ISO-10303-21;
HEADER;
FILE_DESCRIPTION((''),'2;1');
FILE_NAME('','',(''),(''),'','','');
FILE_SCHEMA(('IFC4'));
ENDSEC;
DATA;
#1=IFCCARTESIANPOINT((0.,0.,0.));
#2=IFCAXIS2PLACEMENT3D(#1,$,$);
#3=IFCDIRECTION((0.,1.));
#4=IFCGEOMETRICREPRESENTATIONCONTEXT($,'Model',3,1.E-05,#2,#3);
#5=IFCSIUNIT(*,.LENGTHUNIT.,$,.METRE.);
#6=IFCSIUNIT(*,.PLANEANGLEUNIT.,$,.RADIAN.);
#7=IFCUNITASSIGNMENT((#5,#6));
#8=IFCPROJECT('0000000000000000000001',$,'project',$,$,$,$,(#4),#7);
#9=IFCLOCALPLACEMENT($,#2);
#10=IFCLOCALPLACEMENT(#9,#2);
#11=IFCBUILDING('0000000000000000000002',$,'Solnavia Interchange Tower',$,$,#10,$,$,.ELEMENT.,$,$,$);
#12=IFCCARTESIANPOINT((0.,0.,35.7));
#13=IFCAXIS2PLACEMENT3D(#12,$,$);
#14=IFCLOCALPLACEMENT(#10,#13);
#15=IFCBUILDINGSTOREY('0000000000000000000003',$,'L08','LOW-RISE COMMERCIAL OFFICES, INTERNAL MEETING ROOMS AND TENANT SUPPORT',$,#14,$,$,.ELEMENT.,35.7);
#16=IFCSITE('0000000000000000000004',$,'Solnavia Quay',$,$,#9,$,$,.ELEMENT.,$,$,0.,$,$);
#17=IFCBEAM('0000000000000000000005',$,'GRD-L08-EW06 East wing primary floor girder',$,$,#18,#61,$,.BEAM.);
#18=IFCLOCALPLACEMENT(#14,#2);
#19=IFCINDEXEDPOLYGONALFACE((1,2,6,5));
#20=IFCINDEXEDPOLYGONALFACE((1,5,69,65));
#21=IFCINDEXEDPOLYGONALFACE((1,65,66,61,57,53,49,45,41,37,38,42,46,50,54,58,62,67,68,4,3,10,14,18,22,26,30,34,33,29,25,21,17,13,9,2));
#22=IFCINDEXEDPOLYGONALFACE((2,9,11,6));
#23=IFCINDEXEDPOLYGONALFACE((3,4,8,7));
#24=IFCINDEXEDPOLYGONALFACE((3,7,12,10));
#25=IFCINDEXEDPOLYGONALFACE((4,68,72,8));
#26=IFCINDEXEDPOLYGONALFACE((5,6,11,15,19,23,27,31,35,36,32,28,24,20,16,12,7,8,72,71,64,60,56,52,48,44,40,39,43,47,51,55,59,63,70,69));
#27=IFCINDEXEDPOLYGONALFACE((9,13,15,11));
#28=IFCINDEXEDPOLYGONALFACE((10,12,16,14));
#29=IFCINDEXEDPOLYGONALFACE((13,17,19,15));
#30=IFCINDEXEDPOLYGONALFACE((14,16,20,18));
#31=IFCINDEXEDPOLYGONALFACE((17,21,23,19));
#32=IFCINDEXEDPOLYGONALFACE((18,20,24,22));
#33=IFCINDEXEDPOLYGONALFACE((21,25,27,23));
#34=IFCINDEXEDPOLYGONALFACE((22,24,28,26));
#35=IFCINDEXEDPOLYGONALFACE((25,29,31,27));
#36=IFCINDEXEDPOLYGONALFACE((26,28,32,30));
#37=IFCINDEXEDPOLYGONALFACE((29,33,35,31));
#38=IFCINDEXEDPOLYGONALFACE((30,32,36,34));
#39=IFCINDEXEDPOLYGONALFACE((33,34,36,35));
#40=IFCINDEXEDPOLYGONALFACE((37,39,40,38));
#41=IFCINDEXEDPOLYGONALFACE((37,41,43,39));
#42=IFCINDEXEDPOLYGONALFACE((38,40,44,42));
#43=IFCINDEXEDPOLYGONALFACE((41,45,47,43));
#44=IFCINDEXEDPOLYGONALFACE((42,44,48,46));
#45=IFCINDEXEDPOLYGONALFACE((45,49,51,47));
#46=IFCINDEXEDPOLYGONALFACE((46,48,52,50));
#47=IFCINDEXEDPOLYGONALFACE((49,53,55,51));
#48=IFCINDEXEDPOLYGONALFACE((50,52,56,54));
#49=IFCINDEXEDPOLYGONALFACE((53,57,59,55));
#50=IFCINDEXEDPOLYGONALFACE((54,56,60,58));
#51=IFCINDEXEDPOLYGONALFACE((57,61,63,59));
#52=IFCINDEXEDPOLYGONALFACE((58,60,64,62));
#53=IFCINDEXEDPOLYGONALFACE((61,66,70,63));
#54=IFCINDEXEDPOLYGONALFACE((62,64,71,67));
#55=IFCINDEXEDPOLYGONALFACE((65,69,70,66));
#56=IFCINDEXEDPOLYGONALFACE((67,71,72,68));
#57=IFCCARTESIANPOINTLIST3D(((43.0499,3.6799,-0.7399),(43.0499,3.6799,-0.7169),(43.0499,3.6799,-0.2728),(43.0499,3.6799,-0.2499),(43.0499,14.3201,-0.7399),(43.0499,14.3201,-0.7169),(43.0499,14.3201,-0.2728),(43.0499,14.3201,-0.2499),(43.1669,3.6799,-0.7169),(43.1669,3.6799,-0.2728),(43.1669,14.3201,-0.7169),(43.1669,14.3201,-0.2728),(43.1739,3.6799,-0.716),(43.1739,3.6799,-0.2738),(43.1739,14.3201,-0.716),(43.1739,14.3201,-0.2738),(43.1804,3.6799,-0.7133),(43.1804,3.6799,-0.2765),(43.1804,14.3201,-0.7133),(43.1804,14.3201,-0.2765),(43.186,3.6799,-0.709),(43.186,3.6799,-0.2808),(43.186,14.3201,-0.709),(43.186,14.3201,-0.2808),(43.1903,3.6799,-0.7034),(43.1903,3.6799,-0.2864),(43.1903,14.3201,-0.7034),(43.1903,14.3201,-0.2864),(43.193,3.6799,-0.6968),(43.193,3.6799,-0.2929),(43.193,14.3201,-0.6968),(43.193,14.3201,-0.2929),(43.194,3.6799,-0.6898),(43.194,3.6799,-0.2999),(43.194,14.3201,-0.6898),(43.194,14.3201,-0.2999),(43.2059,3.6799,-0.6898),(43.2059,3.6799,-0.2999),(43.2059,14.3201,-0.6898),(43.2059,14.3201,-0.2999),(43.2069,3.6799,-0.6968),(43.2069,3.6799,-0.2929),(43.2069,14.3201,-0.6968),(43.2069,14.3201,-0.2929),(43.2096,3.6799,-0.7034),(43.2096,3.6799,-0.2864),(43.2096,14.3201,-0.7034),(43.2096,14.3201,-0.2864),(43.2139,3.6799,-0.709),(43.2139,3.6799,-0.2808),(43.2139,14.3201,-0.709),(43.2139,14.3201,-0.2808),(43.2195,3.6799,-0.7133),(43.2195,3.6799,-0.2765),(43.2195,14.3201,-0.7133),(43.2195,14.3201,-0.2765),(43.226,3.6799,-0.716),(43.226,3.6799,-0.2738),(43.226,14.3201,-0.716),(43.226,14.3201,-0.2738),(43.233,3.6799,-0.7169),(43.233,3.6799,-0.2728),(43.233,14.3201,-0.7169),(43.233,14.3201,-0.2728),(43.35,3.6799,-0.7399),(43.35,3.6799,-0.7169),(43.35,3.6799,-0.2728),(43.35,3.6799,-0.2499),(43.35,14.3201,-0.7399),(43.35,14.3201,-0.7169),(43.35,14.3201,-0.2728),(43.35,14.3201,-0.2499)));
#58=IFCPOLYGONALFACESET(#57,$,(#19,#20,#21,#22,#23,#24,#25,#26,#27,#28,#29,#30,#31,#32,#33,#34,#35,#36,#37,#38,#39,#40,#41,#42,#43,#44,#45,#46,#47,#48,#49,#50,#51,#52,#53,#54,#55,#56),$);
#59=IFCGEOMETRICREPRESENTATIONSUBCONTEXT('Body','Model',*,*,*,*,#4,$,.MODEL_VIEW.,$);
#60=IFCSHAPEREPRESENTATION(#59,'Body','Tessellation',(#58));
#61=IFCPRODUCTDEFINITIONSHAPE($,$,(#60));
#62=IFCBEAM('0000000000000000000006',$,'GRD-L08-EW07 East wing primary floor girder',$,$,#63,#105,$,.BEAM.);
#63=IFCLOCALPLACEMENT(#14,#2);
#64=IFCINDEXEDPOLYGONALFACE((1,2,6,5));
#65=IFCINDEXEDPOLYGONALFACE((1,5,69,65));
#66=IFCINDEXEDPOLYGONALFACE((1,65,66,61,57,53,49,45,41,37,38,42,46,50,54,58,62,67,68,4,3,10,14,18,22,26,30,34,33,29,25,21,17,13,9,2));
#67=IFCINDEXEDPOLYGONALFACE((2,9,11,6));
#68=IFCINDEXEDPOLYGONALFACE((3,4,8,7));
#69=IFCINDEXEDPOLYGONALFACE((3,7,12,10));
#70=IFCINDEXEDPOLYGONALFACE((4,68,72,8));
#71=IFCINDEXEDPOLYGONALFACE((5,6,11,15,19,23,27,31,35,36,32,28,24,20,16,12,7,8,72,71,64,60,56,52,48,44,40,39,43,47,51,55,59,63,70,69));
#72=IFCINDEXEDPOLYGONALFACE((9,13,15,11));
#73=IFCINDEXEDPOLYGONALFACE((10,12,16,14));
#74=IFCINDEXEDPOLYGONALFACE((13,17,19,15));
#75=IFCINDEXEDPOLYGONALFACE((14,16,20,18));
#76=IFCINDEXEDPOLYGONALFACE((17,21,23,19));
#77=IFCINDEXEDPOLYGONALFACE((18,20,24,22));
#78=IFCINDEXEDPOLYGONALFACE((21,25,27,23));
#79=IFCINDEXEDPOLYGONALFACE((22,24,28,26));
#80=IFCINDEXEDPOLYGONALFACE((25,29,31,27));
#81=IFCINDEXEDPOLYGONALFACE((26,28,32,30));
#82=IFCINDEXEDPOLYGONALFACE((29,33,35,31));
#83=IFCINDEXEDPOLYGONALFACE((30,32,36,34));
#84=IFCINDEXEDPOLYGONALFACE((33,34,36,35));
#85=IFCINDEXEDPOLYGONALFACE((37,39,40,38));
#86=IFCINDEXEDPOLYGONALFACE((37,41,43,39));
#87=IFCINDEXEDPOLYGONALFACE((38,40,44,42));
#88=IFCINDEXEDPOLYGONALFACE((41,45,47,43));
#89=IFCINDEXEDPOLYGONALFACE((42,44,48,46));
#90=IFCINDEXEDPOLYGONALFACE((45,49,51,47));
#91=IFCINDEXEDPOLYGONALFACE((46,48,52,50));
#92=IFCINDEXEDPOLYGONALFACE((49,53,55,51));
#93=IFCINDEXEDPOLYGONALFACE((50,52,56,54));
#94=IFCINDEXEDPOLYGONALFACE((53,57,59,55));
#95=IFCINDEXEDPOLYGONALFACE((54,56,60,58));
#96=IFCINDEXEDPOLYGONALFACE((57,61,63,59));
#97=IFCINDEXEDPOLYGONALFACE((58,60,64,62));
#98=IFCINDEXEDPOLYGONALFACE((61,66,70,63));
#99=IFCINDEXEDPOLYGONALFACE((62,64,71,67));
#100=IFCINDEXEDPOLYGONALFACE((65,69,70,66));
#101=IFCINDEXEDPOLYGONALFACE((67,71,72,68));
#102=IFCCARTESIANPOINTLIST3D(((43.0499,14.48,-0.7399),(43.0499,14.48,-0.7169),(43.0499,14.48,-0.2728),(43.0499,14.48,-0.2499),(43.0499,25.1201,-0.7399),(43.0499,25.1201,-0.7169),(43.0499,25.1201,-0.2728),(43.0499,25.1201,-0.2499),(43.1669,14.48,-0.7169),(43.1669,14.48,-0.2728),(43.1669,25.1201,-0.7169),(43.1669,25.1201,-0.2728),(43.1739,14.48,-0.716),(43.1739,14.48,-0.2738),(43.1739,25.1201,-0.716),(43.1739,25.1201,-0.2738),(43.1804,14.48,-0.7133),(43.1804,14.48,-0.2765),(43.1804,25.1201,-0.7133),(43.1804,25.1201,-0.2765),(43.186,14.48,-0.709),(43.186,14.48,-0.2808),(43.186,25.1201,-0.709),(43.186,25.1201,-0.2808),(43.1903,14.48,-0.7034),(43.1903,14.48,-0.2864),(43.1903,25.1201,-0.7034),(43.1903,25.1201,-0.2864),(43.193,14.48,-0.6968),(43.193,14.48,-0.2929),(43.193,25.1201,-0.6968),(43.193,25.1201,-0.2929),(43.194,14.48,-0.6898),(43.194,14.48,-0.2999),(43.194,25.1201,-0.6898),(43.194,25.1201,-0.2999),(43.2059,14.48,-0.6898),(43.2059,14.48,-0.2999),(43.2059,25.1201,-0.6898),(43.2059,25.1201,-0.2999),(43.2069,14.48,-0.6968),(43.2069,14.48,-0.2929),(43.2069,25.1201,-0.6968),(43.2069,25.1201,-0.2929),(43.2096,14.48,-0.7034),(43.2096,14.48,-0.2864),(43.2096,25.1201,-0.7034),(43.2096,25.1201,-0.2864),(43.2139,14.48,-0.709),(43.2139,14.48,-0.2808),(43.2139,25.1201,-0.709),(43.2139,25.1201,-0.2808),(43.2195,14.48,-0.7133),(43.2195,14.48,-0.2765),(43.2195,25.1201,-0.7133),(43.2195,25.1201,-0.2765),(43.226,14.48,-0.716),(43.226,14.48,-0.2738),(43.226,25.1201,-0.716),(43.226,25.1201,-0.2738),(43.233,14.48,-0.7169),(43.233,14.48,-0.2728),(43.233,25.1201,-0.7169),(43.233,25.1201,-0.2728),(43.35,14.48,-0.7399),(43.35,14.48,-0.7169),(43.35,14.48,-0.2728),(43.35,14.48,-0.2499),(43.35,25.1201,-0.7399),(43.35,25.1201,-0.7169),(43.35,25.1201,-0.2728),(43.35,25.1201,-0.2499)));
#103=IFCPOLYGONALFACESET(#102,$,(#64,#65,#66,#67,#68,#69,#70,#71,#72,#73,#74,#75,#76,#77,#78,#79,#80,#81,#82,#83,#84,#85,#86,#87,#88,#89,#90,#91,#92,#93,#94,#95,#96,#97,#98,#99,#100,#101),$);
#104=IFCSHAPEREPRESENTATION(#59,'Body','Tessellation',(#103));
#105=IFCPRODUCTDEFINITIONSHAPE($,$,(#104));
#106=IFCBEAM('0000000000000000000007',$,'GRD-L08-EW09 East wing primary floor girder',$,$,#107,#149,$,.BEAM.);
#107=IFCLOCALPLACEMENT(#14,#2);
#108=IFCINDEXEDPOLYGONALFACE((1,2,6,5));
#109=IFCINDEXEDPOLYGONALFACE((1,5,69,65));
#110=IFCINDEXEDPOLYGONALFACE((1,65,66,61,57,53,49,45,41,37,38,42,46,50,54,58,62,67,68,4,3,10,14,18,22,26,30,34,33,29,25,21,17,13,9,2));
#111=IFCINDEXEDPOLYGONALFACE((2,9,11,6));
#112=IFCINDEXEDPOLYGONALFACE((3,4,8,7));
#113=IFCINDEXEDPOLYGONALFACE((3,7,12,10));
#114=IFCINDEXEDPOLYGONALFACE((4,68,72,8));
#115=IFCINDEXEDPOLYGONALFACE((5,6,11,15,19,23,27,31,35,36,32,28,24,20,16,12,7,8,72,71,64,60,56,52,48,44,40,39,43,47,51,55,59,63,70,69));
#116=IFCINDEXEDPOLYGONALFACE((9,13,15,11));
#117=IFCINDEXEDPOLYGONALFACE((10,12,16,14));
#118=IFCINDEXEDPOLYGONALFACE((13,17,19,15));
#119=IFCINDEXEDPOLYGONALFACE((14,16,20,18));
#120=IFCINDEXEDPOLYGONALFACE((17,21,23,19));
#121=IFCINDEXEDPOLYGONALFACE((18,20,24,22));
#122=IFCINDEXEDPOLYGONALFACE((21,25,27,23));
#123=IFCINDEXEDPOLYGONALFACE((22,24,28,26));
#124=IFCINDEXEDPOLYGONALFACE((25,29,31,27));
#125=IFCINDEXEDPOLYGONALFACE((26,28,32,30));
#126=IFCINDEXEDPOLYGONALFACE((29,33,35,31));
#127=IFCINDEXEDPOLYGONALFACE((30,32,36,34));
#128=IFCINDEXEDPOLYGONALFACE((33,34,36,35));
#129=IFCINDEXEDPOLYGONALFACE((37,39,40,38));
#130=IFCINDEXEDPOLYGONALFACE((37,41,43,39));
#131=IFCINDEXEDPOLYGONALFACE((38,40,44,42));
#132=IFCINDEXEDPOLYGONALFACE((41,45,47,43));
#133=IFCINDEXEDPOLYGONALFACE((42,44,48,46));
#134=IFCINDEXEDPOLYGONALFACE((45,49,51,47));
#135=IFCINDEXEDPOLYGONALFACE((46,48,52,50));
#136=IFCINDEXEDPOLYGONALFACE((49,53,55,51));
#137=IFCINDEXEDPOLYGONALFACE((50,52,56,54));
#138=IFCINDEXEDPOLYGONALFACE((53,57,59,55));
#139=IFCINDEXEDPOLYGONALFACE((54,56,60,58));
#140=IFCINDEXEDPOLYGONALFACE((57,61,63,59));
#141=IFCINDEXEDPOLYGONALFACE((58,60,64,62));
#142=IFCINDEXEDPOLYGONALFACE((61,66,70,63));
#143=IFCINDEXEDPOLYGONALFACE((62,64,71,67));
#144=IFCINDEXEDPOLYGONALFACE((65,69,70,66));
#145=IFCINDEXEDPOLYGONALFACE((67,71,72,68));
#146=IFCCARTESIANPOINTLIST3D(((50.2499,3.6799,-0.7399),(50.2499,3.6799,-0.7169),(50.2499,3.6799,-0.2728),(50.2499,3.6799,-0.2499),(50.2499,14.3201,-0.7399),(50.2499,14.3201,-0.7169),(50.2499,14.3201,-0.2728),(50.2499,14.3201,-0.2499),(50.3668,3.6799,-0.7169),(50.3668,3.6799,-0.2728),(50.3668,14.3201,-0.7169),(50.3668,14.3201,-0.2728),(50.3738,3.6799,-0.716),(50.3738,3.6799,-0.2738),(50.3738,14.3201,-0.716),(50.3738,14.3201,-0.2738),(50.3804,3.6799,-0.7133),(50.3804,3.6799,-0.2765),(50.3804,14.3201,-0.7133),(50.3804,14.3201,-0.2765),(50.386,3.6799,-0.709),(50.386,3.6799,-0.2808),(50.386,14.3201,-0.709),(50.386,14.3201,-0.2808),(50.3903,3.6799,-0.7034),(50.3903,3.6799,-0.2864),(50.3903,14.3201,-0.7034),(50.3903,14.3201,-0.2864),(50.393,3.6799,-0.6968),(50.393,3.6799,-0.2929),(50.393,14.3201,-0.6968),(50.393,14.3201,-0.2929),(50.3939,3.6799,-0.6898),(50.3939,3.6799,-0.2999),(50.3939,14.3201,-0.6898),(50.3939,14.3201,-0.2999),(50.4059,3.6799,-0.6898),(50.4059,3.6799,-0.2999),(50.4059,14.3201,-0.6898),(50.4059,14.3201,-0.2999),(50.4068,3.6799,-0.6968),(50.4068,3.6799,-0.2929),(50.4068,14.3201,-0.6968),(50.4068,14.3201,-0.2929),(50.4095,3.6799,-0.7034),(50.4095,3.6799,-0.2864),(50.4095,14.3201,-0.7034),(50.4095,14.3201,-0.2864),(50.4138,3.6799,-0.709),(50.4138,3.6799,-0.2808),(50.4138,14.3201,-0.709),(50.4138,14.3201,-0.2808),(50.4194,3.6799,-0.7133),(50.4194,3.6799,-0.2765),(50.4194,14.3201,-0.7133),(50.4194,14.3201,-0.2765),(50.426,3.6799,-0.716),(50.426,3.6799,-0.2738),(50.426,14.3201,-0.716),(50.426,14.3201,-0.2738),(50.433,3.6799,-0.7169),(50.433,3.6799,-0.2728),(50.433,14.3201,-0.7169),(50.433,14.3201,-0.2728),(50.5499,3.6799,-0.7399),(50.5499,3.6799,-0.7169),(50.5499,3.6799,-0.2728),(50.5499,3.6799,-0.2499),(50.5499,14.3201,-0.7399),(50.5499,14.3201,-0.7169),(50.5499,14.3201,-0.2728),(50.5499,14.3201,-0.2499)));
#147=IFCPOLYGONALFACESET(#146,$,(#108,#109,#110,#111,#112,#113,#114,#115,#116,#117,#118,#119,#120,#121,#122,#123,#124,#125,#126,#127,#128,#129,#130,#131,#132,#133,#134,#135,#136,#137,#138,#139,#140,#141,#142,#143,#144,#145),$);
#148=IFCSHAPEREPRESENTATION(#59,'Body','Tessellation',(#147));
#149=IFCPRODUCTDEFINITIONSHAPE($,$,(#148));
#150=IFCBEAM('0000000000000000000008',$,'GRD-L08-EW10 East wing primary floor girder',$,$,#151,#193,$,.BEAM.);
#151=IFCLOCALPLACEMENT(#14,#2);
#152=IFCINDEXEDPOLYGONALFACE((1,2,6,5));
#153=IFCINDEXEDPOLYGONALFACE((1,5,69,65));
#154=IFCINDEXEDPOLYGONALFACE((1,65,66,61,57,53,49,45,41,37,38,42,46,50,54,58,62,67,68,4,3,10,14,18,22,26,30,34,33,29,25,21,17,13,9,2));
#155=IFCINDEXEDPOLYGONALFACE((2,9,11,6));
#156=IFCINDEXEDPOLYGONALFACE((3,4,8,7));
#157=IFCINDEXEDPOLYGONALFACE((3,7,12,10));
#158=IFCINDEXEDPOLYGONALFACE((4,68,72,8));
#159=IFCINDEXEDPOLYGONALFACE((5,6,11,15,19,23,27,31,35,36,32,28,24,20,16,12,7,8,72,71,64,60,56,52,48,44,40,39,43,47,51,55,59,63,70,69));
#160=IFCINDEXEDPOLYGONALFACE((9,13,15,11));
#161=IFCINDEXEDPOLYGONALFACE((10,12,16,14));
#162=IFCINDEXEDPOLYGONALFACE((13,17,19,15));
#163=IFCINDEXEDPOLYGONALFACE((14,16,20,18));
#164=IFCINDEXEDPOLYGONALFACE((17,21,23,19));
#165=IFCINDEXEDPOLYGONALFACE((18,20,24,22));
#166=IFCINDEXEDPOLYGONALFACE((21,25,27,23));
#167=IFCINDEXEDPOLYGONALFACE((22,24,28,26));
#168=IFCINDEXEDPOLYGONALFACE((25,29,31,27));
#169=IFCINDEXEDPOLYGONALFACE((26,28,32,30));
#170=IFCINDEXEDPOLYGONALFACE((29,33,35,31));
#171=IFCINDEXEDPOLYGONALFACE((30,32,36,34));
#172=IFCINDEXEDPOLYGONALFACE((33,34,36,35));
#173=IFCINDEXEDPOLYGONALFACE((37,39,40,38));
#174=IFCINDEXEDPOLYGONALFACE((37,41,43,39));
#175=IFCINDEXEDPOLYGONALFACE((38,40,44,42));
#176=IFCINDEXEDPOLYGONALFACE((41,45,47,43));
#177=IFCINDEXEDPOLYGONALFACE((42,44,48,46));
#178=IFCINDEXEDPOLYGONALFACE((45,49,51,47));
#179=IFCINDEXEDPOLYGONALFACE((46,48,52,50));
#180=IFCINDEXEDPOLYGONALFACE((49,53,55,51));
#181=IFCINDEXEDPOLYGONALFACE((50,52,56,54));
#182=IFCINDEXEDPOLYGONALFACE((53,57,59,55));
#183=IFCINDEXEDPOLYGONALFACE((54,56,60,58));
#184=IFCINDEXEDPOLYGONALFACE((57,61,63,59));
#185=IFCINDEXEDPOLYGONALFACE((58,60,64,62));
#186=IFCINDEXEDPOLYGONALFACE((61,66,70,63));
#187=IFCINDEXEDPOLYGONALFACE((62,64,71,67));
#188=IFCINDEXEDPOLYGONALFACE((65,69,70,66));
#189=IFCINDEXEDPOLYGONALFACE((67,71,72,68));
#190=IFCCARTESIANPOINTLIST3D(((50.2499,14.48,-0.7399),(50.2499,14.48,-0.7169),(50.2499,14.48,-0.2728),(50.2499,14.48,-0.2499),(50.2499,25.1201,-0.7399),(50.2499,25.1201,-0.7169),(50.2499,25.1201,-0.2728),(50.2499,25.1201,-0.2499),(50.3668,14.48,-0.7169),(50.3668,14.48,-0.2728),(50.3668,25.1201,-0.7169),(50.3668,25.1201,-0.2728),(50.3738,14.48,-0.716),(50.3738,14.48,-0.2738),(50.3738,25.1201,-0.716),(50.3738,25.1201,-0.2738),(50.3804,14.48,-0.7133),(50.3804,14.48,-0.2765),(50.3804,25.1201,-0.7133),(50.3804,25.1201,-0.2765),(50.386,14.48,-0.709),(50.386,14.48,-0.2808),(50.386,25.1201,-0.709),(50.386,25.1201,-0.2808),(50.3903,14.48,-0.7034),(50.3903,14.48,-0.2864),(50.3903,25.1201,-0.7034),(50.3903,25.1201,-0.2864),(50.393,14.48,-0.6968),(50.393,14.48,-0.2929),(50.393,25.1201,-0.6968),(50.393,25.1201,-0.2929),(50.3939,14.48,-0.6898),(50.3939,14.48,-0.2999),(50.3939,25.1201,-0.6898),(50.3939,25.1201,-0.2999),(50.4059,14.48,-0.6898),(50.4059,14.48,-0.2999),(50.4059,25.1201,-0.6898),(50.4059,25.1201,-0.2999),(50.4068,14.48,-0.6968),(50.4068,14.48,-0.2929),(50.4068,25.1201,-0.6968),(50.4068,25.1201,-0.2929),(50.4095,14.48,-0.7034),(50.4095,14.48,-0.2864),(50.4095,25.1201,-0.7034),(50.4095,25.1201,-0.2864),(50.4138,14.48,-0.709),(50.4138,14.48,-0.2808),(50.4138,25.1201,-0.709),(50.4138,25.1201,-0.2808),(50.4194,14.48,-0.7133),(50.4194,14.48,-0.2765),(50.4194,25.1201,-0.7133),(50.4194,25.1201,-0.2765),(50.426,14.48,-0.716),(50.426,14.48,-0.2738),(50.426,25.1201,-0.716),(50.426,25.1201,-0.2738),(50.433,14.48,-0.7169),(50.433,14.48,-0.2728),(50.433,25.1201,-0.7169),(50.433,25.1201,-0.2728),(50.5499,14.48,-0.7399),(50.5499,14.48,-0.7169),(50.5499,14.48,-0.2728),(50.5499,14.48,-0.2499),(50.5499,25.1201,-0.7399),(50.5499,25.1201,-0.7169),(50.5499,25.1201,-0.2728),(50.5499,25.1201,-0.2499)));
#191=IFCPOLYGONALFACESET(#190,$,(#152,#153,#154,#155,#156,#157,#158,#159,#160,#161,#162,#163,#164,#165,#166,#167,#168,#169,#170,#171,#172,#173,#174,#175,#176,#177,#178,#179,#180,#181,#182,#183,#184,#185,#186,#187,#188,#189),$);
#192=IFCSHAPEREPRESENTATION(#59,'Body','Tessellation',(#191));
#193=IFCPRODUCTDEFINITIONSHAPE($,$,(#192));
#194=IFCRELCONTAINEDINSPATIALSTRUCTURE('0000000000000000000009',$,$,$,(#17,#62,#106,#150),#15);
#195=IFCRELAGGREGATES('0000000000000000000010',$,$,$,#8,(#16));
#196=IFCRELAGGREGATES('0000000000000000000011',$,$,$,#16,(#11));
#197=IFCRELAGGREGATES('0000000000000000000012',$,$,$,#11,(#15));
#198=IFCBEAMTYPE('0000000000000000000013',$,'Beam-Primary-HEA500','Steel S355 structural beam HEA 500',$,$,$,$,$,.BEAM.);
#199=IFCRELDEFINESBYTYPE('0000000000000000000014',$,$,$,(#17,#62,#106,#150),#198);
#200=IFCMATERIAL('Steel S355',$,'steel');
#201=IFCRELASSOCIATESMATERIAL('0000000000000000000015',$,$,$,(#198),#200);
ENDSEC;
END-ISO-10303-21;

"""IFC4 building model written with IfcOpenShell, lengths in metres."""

from ifc_helpers import new_model, si_unit, direction, frame, origin, origin_2d, place, context, subcontext, project, spatial, i_section, extrude, material, material_profile, profile_set, type_object, element, save


model = new_model("IFC4")

# Units and contexts
model_context = context("Model", 3, precision=1e-05, world=origin(), true_north=direction((0.0, 1.0)))
body_context = subcontext(model_context, "Body", "Model", "MODEL_VIEW")
ifc_project = project(units=[si_unit("LENGTHUNIT", "METRE"), si_unit("PLANEANGLEUNIT", "RADIAN")], contexts=[model_context])

# Site, building, storey
site_placement = place(None, origin())
site = spatial("IfcSite", under=ifc_project, at=site_placement, Name="Solnavia Quay", CompositionType="ELEMENT", RefElevation=0.0)
building_placement = place(site_placement, origin())
building = spatial("IfcBuilding", under=site, at=building_placement, Name="Solnavia Interchange Tower", CompositionType="ELEMENT")
storey_placement = place(building_placement, frame((0.0, 0.0, 35.7)))
storey = spatial("IfcBuildingStorey", under=building, at=storey_placement, Name="L08", Description="LOW-RISE COMMERCIAL OFFICES, INTERNAL MEETING ROOMS AND TENANT SUPPORT", CompositionType="ELEMENT", Elevation=35.7)

# Shared definitions
ifc_material_1 = material(Name="Steel S355", Category="steel")

# Beams
ifc_material_profile_1 = material_profile(ifc_material_1, i_section(OverallWidth=0.3, OverallDepth=0.49, WebThickness=0.012, FlangeThickness=0.0229, FilletRadius=0.0271, at=origin_2d()), Name="HEA 500")
ifc_profile_set_1 = profile_set([ifc_material_profile_1], Name="Steel S355")
beam_type_1 = type_object("IfcBeamType", Name="Beam-Primary-HEA500", Description="Steel S355 structural beam HEA 500", PredefinedType="BEAM", material=ifc_profile_set_1)
for number, where, z_axis, x_axis, name in (
    (1, (43.2, 3.6799, -0.4949), (0.0, 1.0, 0.0), (-1.0, 0.0, 0.0), "GRD-L08-EW06 East wing primary floor girder"),
    (2, (43.2, 14.48, -0.4949), (0.0, 1.0, 0.0), (-1.0, 0.0, 0.0), "GRD-L08-EW07 East wing primary floor girder"),
    (3, (50.3999, 3.6799, -0.4949), (0.0, 1.0, 0.0), (-1.0, 0.0, 0.0), "GRD-L08-EW09 East wing primary floor girder"),
    (4, (50.3999, 14.48, -0.4949), (0.0, 1.0, 0.0), (-1.0, 0.0, 0.0), "GRD-L08-EW10 East wing primary floor girder"),
):
    element("IfcBeam", number, at=place(storey_placement, frame(where, z_axis=z_axis, x_axis=x_axis)), inside=storey, type_object=beam_type_1, Name=name, PredefinedType="BEAM", context=body_context, shape_type="SweptSolid", body=[
        extrude(i_section(OverallWidth=0.3, OverallDepth=0.49, WebThickness=0.012, FlangeThickness=0.0229, FilletRadius=0.0271, at=origin_2d()), origin(), (0.0, 0.0, 1.0), 10.6401),
    ])

save(model, "model.ifc")
